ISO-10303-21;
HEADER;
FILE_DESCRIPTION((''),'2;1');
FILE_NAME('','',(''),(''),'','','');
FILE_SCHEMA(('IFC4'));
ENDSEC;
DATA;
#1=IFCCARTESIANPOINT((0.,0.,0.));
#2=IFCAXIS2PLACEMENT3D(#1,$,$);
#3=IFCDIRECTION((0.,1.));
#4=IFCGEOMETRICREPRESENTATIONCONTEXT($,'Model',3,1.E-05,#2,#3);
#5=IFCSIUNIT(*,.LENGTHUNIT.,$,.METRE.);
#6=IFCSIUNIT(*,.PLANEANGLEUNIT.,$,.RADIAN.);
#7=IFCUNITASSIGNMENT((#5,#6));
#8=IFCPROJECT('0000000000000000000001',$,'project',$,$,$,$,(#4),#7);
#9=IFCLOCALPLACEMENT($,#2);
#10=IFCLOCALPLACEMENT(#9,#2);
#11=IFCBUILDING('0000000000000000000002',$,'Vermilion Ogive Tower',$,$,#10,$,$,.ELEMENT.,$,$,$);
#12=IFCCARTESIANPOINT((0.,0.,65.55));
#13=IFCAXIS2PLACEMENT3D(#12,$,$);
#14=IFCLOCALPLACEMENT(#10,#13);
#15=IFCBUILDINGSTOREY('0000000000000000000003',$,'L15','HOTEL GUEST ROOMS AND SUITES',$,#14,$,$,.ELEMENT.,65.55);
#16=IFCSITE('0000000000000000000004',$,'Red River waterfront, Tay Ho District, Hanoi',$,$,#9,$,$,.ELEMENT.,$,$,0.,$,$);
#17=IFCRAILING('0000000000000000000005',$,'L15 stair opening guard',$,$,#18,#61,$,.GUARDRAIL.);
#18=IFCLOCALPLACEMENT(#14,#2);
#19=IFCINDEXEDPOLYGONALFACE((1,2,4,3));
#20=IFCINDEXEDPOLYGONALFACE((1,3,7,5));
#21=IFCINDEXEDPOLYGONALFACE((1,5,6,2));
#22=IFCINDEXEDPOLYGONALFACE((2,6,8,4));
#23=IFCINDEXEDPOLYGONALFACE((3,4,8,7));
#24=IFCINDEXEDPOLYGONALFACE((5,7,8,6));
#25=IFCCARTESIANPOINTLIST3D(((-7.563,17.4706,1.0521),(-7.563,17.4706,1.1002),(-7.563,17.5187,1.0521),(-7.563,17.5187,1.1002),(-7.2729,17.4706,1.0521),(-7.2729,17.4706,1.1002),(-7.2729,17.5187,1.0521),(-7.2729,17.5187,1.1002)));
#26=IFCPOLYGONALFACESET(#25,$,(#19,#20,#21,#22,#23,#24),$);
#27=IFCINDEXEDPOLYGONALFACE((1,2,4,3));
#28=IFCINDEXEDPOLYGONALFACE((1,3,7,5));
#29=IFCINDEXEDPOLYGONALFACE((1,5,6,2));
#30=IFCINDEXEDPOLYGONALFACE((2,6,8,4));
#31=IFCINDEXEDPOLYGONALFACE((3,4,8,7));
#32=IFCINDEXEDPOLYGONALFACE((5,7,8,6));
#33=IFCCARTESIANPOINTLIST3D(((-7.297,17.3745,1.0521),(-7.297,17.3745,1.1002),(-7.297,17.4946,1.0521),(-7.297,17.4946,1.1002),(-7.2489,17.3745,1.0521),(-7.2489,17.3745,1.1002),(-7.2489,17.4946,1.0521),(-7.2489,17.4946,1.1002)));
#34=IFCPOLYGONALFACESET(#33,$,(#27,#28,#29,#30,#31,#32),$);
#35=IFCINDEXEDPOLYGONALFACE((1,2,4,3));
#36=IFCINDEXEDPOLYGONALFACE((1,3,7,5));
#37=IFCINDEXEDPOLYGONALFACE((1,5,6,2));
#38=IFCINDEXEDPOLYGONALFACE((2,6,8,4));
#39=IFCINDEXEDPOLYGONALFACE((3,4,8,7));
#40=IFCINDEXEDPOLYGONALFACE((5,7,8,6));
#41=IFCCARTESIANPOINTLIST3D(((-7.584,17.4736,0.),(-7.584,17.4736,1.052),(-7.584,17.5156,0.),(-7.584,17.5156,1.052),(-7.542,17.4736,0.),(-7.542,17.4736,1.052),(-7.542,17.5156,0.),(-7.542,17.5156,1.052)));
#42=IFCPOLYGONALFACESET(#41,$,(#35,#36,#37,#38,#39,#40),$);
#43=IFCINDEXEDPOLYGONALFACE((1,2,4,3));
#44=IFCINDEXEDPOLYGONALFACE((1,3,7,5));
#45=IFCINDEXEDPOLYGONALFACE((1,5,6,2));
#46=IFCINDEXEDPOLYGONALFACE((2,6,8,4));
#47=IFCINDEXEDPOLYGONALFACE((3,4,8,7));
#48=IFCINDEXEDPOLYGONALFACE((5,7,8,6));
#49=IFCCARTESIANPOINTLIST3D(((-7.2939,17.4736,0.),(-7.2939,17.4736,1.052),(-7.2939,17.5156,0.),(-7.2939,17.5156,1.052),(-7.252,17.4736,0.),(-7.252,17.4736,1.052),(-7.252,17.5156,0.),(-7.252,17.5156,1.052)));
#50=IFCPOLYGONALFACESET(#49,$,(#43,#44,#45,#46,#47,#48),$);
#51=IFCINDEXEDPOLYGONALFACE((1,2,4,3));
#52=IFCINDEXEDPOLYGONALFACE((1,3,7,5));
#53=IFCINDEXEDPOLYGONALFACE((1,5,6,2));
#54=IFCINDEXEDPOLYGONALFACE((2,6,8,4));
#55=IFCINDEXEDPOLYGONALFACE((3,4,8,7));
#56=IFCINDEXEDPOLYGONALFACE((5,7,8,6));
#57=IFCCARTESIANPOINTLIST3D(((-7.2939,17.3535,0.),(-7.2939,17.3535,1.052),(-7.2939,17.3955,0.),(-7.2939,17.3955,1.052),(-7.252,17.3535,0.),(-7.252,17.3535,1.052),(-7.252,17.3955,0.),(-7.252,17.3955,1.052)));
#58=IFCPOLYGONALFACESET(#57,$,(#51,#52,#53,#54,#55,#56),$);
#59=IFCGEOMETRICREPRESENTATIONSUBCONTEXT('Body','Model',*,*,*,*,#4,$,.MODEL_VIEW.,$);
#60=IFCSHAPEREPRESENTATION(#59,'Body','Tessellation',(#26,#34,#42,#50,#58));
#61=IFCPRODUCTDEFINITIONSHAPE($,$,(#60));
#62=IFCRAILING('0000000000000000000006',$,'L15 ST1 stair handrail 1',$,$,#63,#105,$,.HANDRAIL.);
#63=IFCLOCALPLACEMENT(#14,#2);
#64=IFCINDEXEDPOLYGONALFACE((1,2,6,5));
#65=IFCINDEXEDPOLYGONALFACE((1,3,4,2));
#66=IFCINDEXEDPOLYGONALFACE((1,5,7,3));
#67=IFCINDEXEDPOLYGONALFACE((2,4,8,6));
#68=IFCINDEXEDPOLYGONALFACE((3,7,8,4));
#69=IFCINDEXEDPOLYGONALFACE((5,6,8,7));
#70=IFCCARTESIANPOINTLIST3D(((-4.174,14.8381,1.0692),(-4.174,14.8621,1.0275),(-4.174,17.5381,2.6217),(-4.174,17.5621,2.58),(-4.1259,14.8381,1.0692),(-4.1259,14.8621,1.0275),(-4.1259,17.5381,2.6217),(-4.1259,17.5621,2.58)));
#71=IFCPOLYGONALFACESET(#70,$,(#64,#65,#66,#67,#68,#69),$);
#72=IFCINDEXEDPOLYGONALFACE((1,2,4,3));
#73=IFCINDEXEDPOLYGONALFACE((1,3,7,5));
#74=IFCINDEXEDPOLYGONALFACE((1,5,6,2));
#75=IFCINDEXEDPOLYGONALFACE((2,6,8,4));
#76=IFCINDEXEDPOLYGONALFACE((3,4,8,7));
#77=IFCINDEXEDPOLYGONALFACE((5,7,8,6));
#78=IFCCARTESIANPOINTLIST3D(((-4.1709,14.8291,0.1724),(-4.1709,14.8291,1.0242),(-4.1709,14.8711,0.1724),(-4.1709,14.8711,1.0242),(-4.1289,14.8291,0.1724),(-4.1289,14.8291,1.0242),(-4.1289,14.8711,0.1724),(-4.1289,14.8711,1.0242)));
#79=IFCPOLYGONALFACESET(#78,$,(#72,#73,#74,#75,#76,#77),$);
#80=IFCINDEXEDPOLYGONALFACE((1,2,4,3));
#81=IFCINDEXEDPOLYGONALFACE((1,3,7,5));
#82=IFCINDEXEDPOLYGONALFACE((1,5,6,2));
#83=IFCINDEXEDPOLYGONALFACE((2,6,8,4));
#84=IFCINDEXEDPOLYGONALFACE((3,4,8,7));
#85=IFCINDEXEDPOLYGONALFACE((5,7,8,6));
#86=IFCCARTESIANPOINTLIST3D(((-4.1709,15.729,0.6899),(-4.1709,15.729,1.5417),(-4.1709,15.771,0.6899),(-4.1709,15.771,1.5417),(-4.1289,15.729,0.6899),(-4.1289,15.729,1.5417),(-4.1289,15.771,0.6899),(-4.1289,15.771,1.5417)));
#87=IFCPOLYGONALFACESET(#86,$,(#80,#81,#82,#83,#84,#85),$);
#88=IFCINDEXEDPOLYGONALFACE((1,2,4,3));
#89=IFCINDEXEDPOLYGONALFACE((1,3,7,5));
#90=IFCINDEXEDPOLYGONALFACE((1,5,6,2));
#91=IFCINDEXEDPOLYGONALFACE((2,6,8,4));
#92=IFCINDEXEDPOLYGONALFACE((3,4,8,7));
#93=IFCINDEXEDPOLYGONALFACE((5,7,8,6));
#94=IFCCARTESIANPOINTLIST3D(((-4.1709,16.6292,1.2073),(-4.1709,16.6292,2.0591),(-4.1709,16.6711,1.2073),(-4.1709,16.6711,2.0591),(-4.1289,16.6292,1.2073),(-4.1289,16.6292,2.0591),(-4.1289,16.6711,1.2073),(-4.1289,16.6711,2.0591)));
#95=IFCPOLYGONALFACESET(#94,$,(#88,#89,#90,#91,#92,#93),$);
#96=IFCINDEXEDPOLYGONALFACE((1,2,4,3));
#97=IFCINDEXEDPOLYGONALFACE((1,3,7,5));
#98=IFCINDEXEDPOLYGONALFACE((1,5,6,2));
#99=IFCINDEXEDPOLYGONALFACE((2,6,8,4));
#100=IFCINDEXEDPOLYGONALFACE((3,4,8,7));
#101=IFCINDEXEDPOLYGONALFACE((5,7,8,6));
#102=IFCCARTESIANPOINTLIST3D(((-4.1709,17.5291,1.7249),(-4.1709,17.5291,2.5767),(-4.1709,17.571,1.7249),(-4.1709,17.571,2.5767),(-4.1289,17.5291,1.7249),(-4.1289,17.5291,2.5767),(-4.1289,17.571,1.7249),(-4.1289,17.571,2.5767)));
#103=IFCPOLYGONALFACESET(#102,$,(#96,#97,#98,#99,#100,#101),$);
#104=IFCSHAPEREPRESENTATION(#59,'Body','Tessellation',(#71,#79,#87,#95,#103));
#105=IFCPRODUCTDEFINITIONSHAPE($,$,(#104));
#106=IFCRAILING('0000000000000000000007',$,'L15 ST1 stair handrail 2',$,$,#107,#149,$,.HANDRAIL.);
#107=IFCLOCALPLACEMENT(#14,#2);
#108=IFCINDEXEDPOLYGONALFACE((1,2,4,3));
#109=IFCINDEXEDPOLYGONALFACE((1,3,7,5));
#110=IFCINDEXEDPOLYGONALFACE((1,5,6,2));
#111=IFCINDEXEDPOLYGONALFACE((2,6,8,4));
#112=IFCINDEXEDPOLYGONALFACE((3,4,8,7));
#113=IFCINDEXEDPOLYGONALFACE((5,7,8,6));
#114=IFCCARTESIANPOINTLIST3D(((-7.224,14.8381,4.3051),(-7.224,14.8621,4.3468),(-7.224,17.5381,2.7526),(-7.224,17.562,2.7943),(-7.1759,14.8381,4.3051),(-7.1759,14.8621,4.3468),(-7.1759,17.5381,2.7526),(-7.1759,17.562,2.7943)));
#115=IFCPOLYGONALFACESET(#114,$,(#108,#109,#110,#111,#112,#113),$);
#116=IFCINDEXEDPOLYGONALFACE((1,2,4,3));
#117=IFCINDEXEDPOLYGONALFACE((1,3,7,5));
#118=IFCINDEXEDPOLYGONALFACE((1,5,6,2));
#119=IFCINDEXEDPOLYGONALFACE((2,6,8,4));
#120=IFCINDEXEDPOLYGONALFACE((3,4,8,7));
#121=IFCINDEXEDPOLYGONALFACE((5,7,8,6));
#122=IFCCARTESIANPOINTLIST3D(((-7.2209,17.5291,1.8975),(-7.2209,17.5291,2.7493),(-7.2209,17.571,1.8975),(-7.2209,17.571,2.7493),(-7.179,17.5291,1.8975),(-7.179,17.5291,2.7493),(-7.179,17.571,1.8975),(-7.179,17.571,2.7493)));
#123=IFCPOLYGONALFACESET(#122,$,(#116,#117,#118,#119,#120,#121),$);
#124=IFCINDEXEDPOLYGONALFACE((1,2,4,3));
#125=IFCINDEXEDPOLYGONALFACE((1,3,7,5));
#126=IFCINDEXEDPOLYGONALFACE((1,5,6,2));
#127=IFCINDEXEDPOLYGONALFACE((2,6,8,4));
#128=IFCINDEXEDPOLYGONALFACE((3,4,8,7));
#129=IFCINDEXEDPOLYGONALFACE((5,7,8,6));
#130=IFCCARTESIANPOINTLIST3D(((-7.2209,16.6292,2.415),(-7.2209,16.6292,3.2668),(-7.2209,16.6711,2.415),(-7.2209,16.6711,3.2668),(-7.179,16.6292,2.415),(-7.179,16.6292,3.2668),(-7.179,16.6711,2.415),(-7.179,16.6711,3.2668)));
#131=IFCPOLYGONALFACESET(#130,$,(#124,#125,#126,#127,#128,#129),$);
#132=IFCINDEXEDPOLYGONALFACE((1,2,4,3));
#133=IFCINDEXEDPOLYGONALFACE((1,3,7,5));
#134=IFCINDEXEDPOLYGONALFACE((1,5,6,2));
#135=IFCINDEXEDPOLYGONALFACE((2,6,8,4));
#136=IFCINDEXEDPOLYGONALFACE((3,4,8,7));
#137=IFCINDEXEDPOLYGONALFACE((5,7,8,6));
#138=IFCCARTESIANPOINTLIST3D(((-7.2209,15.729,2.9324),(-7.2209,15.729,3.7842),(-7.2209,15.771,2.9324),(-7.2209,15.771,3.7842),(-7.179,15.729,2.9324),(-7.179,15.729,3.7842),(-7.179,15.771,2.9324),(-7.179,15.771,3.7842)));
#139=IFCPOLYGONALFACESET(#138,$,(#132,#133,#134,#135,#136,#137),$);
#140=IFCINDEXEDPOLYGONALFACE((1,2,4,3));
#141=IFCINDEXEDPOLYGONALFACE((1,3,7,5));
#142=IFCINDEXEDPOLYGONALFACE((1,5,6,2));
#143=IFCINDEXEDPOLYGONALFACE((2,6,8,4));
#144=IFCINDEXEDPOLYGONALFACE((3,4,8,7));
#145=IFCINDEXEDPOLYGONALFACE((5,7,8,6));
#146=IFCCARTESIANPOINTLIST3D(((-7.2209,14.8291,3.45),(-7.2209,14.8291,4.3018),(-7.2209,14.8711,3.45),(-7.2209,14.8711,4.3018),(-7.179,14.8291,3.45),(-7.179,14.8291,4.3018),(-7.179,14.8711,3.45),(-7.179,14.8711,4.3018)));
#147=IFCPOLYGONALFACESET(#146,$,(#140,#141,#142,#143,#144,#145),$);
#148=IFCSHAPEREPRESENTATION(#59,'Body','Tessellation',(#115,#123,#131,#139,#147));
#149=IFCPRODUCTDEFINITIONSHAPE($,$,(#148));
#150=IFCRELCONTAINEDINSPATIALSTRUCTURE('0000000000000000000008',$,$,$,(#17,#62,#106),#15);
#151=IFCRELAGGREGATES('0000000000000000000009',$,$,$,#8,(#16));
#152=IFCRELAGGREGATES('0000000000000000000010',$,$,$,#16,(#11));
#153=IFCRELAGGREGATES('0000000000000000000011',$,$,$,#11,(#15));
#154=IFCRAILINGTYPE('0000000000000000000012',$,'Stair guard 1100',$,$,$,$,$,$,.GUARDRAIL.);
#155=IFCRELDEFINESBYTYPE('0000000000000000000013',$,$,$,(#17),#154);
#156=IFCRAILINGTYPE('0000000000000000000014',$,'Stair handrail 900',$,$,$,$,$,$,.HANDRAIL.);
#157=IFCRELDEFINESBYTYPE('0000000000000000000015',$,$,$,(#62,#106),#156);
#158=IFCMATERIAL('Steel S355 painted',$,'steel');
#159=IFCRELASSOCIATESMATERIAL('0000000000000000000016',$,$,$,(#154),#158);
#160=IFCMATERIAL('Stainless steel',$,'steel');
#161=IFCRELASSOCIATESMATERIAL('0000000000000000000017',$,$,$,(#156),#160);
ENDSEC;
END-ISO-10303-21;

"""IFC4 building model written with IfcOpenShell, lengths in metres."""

from ifc_helpers import new_model, si_unit, direction, frame, origin, origin_2d, place, context, subcontext, project, spatial, rectangle, extrude, material, type_object, element, save


model = new_model("IFC4")

# Units and contexts
model_context = context("Model", 3, precision=1e-05, world=origin(), true_north=direction((0.0, 1.0)))
body_context = subcontext(model_context, "Body", "Model", "MODEL_VIEW")
ifc_project = project(units=[si_unit("LENGTHUNIT", "METRE"), si_unit("PLANEANGLEUNIT", "RADIAN")], contexts=[model_context])

# Site, building, storey
site_placement = place(None, origin())
site = spatial("IfcSite", under=ifc_project, at=site_placement, Name="Red River waterfront, Tay Ho District, Hanoi", CompositionType="ELEMENT", RefElevation=0.0)
building_placement = place(site_placement, origin())
building = spatial("IfcBuilding", under=site, at=building_placement, Name="Vermilion Ogive Tower", CompositionType="ELEMENT")
storey_placement = place(building_placement, frame((0.0, 0.0, 65.55)))
storey = spatial("IfcBuildingStorey", under=building, at=storey_placement, Name="L15", Description="HOTEL GUEST ROOMS AND SUITES", CompositionType="ELEMENT", Elevation=65.55)

# Railings
ifc_material_1 = material(Name="Steel S355 painted", Category="steel")
railing_type_1 = type_object("IfcRailingType", Name="Stair guard 1100", PredefinedType="GUARDRAIL", material=ifc_material_1)
railing_1_placement = place(storey_placement, frame((-7.563, 17.4946, 0.0)))
element("IfcRailing", 1, at=railing_1_placement, inside=storey, type_object=railing_type_1, Name="L15 stair opening guard", PredefinedType="GUARDRAIL", context=body_context, shape_type="SweptSolid", body=[
    extrude(rectangle(XDim=0.0481, YDim=0.0481, at=origin_2d()), frame((0.0, 0.0, 1.0762), z_axis=(1.0, 0.0, 0.0), x_axis=(0.0, 1.0, 0.0)), (0.0, 0.0, 1.0), 0.29),
    extrude(rectangle(XDim=0.0481, YDim=0.0481, at=origin_2d()), frame((0.29, 0.0, 1.0762), z_axis=(0.0, -1.0, 0.0), x_axis=(1.0, 0.0, 0.0)), (0.0, 0.0, 1.0), 0.1201),
    extrude(rectangle(XDim=0.042, YDim=0.042, at=origin_2d()), origin(), (0.0, 0.0, 1.0), 1.052),
    extrude(rectangle(XDim=0.042, YDim=0.042, at=origin_2d()), frame((0.29, 0.0, 0.0)), (0.0, 0.0, 1.0), 1.052),
    extrude(rectangle(XDim=0.042, YDim=0.042, at=origin_2d()), frame((0.29, -0.1201, 0.0)), (0.0, 0.0, 1.0), 1.052),
])
ifc_material_2 = material(Name="Stainless steel", Category="steel")
railing_type_2 = type_object("IfcRailingType", Name="Stair handrail 900", PredefinedType="HANDRAIL", material=ifc_material_2)
railing_2_placement = place(storey_placement, frame((-4.1499, 14.8501, 0.1724)))
element("IfcRailing", 2, at=railing_2_placement, inside=storey, type_object=railing_type_2, Name="L15 ST1 stair handrail 1", PredefinedType="HANDRAIL", context=body_context, shape_type="SweptSolid", body=[
    extrude(rectangle(XDim=0.0481, YDim=0.0481, at=origin_2d()), frame((0.0, 0.0, 0.876), z_axis=(0.0, 0.866904, 0.498476), x_axis=(-1.0, 0.0, 0.0)), (0.0, 0.0, 1.0), 3.1145),
    extrude(rectangle(XDim=0.042, YDim=0.042, at=origin_2d()), origin(), (0.0, 0.0, 1.0), 0.8518),
    extrude(rectangle(XDim=0.042, YDim=0.042, at=origin_2d()), frame((0.0, 0.8999, 0.5176)), (0.0, 0.0, 1.0), 0.8518),
    extrude(rectangle(XDim=0.042, YDim=0.042, at=origin_2d()), frame((0.0, 1.8, 1.0349)), (0.0, 0.0, 1.0), 0.8518),
    extrude(rectangle(XDim=0.042, YDim=0.042, at=origin_2d()), frame((0.0, 2.7, 1.5525)), (0.0, 0.0, 1.0), 0.8518),
])
railing_3_placement = place(storey_placement, frame((-7.2, 17.55, 1.8975)))
element("IfcRailing", 3, at=railing_3_placement, inside=storey, type_object=railing_type_2, Name="L15 ST1 stair handrail 2", PredefinedType="HANDRAIL", context=body_context, shape_type="SweptSolid", body=[
    extrude(rectangle(XDim=0.0481, YDim=0.0481, at=origin_2d()), frame((0.0, 0.0, 0.876), z_axis=(0.0, -0.866904, 0.498476), x_axis=(1.0, 0.0, 0.0)), (0.0, 0.0, 1.0), 3.1145),
    extrude(rectangle(XDim=0.042, YDim=0.042, at=origin_2d()), origin(), (0.0, 0.0, 1.0), 0.8518),
    extrude(rectangle(XDim=0.042, YDim=0.042, at=origin_2d()), frame((0.0, -0.8999, 0.5176)), (0.0, 0.0, 1.0), 0.8518),
    extrude(rectangle(XDim=0.042, YDim=0.042, at=origin_2d()), frame((0.0, -1.8, 1.0349)), (0.0, 0.0, 1.0), 0.8518),
    extrude(rectangle(XDim=0.042, YDim=0.042, at=origin_2d()), frame((0.0, -2.7, 1.5525)), (0.0, 0.0, 1.0), 0.8518),
])

save(model, "model.ifc")
